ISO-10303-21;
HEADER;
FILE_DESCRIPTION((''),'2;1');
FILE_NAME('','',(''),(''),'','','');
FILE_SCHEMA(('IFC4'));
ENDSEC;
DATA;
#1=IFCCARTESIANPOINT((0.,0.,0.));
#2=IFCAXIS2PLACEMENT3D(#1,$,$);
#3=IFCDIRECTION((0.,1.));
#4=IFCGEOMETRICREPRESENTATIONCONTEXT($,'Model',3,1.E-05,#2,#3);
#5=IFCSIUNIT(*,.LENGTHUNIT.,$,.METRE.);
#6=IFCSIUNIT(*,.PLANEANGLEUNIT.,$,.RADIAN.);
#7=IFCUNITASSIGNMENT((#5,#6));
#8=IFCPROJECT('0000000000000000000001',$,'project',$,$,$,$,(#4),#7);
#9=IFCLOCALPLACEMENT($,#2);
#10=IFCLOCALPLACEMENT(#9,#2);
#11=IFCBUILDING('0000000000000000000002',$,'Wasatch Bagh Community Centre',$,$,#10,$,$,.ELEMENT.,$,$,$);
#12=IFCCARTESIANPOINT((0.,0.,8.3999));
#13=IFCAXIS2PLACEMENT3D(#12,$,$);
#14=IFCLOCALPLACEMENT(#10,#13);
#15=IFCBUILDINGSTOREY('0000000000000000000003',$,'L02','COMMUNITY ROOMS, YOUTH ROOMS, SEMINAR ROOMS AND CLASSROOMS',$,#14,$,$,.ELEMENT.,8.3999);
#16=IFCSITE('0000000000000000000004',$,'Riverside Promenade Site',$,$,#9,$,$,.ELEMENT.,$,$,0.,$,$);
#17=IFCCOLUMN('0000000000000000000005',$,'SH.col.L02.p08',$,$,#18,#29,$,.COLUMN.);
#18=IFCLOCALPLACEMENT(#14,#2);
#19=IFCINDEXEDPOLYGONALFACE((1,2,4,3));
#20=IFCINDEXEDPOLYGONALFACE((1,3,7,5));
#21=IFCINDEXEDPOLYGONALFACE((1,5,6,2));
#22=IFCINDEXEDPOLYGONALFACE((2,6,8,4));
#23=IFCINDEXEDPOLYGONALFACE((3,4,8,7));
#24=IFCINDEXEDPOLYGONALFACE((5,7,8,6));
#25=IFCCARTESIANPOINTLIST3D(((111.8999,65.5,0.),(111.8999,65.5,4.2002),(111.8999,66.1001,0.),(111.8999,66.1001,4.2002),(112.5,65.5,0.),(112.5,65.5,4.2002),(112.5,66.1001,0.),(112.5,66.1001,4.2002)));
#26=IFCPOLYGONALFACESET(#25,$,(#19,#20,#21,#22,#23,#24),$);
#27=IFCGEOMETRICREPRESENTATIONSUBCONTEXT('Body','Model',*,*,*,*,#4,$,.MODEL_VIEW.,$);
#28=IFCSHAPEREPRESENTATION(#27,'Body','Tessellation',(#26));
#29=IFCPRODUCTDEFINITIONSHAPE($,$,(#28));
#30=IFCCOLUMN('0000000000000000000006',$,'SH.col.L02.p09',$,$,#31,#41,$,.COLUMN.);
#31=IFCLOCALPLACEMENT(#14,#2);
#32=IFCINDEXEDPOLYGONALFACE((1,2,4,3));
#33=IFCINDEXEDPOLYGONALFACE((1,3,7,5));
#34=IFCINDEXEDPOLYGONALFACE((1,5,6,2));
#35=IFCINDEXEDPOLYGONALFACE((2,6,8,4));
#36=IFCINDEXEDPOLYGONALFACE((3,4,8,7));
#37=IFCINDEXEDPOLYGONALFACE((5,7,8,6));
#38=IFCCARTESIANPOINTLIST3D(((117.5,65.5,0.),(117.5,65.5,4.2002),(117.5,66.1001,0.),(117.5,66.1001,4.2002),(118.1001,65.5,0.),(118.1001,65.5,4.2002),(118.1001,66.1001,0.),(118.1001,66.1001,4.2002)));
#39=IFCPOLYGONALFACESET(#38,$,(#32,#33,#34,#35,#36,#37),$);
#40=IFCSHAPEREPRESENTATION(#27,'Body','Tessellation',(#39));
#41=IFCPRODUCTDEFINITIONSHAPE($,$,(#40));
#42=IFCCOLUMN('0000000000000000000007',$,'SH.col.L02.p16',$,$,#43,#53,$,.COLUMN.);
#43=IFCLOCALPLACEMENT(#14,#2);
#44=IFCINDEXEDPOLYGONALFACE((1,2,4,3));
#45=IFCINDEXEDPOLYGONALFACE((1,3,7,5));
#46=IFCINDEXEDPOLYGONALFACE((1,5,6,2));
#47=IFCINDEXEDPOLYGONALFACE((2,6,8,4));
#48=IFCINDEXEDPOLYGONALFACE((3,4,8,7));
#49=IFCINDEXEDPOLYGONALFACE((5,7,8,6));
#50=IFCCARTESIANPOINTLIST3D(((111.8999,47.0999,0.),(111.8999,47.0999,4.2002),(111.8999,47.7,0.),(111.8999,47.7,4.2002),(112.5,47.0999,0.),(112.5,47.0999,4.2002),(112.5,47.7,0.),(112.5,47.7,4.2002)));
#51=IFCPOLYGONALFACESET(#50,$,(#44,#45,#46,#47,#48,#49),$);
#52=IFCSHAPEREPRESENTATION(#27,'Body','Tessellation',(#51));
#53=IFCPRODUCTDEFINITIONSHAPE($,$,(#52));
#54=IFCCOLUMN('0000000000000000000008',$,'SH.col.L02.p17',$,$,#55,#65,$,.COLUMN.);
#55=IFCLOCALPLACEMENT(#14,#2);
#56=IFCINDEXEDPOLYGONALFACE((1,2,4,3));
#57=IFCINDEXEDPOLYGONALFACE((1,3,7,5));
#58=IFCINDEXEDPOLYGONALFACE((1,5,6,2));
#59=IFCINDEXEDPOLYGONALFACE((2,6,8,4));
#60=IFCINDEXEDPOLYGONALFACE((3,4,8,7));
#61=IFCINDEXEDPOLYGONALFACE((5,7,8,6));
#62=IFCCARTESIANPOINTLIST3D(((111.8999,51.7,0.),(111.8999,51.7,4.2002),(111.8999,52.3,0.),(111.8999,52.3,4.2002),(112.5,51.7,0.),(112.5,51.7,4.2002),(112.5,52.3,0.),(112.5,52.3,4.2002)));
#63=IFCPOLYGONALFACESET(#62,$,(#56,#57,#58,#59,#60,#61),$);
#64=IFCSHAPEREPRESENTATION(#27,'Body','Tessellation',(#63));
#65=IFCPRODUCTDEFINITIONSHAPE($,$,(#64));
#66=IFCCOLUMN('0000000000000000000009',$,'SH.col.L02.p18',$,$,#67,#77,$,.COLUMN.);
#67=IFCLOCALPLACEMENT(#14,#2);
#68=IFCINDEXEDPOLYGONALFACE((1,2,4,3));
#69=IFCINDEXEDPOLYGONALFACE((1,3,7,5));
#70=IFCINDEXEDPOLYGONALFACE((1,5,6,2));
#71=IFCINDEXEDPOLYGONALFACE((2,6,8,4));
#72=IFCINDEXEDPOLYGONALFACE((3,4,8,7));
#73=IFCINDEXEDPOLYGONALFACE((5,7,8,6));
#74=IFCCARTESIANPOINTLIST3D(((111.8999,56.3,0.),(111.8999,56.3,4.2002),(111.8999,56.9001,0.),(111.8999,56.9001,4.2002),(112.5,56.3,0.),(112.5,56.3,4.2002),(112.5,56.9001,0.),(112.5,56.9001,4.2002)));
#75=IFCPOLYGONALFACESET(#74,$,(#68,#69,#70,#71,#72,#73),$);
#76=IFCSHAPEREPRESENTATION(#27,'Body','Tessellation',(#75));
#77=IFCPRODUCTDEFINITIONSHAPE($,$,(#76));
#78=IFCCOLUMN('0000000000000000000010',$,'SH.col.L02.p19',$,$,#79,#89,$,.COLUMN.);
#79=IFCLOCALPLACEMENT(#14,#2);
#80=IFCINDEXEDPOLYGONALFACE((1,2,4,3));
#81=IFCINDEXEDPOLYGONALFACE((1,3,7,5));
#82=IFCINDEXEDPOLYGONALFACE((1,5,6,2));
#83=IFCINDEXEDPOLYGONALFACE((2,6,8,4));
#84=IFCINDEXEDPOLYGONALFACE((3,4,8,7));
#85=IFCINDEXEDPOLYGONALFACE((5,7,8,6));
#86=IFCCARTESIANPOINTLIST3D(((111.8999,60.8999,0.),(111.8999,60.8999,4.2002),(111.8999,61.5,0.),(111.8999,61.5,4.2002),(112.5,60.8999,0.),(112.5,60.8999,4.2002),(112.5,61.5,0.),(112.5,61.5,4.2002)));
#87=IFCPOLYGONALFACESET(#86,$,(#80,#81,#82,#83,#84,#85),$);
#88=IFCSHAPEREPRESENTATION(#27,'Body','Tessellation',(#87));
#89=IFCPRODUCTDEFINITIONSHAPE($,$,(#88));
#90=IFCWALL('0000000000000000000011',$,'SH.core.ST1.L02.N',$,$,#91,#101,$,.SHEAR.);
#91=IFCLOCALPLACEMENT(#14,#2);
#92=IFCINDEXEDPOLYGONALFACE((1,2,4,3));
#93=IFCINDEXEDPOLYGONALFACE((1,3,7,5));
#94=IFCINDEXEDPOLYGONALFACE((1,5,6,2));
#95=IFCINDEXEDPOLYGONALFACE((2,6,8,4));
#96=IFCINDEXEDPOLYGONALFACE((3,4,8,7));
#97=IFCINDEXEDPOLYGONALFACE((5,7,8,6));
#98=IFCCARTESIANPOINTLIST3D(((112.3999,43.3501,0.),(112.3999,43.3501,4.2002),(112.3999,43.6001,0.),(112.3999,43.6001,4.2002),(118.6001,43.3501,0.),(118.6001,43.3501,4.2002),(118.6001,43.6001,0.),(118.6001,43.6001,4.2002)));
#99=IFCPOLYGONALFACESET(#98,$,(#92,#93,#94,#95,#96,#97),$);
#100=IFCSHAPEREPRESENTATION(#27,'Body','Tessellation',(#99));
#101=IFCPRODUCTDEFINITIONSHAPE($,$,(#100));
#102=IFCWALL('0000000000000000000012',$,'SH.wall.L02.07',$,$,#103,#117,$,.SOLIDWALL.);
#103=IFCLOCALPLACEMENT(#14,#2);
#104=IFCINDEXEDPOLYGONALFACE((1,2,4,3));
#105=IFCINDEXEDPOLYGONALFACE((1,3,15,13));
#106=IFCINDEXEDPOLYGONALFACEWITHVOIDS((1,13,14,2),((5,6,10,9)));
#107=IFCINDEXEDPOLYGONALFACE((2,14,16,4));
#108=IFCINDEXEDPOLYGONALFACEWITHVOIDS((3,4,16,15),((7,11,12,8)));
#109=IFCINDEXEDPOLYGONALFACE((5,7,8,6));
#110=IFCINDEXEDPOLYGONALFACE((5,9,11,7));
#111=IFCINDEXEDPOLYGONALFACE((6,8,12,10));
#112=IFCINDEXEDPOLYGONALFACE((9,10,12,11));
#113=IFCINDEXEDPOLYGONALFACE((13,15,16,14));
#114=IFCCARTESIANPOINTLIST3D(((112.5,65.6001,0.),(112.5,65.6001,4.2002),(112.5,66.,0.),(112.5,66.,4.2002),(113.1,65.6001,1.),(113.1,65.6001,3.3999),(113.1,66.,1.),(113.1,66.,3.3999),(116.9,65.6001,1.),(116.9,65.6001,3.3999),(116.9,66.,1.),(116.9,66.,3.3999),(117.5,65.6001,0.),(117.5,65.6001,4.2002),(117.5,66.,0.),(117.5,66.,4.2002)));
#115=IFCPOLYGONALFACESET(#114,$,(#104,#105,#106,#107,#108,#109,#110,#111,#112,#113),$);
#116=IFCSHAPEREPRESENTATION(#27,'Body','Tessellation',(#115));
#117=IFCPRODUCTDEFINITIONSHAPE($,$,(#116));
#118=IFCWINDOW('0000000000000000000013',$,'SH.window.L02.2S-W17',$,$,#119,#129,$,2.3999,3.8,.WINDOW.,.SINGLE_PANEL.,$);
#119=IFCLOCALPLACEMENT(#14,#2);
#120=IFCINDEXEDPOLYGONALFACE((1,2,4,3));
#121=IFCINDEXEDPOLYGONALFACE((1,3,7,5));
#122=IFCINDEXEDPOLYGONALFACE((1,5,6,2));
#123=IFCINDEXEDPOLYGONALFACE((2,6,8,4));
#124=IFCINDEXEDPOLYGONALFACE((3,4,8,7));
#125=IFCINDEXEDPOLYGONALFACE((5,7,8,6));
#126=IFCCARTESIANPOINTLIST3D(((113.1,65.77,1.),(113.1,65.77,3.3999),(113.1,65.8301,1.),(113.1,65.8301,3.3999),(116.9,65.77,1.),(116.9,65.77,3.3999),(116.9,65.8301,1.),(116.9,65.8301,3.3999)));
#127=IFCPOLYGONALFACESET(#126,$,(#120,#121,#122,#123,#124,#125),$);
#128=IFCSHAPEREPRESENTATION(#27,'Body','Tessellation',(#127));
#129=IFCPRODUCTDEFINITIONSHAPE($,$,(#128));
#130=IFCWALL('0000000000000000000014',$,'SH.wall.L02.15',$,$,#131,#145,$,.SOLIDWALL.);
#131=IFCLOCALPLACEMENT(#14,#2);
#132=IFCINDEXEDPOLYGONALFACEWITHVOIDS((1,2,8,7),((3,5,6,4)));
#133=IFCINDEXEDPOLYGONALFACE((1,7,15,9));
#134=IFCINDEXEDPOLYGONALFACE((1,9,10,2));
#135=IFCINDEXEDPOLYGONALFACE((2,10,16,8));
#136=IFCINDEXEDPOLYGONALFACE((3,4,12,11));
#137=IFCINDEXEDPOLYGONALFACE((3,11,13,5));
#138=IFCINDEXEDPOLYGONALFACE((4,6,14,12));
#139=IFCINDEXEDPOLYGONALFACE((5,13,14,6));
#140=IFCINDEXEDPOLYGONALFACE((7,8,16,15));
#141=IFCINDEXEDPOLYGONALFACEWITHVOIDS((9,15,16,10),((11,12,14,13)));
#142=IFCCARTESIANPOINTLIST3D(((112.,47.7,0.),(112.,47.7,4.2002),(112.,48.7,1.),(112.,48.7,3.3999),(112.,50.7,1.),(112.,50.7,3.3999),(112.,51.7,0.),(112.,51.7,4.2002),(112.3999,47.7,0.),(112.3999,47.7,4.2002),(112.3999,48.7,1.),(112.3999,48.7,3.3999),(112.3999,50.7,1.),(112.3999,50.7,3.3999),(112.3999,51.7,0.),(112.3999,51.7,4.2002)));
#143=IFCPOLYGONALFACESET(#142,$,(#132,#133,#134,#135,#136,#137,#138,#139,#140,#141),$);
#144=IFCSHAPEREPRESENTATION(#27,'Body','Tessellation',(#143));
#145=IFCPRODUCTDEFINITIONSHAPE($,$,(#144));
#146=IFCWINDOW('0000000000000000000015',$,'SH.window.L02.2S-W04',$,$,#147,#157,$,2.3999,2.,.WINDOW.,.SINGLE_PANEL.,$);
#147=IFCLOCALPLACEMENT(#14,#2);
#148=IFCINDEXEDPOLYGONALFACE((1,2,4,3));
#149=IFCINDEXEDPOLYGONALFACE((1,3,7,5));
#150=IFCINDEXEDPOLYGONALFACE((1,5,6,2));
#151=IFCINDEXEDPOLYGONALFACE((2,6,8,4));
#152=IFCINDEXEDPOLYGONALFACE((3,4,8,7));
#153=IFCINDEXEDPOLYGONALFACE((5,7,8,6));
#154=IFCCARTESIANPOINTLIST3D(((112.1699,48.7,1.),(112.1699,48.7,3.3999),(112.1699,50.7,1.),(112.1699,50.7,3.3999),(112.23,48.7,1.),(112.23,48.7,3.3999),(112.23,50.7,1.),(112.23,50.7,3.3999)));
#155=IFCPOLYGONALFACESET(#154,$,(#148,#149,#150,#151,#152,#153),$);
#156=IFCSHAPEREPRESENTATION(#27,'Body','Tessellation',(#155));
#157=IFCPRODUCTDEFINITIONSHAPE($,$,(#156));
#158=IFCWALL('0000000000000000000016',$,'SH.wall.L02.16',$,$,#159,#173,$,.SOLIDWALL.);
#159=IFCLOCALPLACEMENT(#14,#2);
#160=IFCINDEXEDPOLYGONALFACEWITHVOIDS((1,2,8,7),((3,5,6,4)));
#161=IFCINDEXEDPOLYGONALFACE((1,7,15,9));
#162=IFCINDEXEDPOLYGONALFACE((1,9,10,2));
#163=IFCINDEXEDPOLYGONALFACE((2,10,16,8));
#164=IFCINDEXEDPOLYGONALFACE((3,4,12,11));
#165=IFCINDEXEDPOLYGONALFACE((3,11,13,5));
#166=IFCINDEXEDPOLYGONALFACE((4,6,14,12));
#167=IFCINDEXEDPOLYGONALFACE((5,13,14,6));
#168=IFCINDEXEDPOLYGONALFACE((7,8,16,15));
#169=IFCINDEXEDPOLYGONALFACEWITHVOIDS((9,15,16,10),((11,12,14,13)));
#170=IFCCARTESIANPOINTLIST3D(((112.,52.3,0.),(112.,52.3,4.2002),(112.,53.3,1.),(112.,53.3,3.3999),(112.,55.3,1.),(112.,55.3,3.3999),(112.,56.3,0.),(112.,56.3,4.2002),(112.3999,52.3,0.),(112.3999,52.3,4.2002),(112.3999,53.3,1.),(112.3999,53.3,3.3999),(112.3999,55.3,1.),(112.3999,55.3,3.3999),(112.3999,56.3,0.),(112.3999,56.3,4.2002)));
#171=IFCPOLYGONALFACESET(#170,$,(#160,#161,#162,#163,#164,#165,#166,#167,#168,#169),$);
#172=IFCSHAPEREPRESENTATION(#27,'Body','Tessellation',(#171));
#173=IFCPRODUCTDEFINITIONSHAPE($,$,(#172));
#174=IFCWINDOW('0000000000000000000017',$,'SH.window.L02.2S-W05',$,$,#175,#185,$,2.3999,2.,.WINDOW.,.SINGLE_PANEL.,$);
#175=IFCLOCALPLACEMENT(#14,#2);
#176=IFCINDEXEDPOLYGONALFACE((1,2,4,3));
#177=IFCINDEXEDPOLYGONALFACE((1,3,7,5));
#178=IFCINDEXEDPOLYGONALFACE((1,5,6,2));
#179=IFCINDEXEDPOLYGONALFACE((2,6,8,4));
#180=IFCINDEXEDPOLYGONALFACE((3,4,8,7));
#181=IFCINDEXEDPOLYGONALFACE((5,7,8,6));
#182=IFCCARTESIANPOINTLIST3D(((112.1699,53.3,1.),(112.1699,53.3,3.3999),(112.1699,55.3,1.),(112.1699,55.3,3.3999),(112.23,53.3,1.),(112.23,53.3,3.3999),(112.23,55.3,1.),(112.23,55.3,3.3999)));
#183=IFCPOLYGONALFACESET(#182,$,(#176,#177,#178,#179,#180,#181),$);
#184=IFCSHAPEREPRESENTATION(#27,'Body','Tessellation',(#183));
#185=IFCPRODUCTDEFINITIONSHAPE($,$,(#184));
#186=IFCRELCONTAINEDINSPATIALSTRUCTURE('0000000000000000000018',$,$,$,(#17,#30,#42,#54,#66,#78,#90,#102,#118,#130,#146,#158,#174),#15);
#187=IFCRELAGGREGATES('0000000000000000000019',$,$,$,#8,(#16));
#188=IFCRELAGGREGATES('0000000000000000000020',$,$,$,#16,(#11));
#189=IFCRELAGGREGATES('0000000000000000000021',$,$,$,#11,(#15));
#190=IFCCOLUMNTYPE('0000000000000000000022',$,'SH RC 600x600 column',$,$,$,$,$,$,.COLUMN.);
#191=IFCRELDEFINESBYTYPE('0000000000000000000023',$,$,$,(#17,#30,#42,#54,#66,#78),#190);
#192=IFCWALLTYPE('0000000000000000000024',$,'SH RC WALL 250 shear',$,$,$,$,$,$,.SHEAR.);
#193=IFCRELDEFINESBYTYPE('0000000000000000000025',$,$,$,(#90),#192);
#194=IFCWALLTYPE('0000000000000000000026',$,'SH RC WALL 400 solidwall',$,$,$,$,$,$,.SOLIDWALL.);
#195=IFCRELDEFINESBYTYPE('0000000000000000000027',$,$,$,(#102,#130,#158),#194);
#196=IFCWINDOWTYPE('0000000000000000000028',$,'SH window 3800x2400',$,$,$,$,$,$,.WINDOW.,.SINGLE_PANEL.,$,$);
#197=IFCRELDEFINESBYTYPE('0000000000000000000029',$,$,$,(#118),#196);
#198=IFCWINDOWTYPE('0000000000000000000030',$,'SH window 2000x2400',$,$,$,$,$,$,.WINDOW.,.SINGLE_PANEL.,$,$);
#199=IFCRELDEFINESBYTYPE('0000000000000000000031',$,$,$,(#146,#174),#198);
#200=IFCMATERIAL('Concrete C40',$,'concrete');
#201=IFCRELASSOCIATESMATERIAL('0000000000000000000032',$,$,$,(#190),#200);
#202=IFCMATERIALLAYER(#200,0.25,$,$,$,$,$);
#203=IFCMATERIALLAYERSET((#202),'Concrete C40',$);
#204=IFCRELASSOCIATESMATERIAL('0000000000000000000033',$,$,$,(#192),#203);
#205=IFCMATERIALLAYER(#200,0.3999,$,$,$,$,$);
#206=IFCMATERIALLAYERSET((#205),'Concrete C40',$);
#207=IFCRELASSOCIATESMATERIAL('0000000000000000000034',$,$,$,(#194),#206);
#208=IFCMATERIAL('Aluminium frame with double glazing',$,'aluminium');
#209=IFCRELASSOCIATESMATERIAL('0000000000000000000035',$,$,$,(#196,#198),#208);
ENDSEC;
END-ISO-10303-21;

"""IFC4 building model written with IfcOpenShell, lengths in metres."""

from ifc_helpers import new_model, si_unit, direction, frame, frame_2d, origin, origin_2d, place, context, subcontext, project, spatial, rectangle, extrude, material, layer, layer_set, material_profile, profile_set, type_object, element, fill, save


model = new_model("IFC4")

# Units and contexts
model_context = context("Model", 3, precision=1e-05, world=origin(), true_north=direction((0.0, 1.0)))
body_context = subcontext(model_context, "Body", "Model", "MODEL_VIEW")
ifc_project = project(units=[si_unit("LENGTHUNIT", "METRE"), si_unit("PLANEANGLEUNIT", "RADIAN")], contexts=[model_context])

# Site, building, storey
site_placement = place(None, origin())
site = spatial("IfcSite", under=ifc_project, at=site_placement, Name="Riverside Promenade Site", CompositionType="ELEMENT", RefElevation=0.0)
building_placement = place(site_placement, origin())
building = spatial("IfcBuilding", under=site, at=building_placement, Name="Wasatch Bagh Community Centre", CompositionType="ELEMENT")
storey_placement = place(building_placement, frame((0.0, 0.0, 8.3999)))
storey = spatial("IfcBuildingStorey", under=building, at=storey_placement, Name="L02", Description="COMMUNITY ROOMS, YOUTH ROOMS, SEMINAR ROOMS AND CLASSROOMS", CompositionType="ELEMENT", Elevation=8.3999)

# Columns
ifc_material_1 = material(Name="Concrete C40", Category="concrete")
ifc_material_profile = material_profile(ifc_material_1, rectangle(XDim=0.6001, YDim=0.6001, at=origin_2d()), Name="RC 600x600")
ifc_profile_set = profile_set([ifc_material_profile], Name="Concrete C40")
column_type = type_object("IfcColumnType", Name="SH RC 600x600 column", PredefinedType="COLUMN", material=ifc_profile_set)
for number, where, z_axis, x_axis, name in (
    (1, (112.2, 65.8, 0.0), (0.0, 0.0, 1.0), (1.0, 0.0, 0.0), "SH.col.L02.p08"),
    (2, (117.8, 65.8, 0.0), (0.0, 0.0, 1.0), (1.0, 0.0, 0.0), "SH.col.L02.p09"),
    (3, (112.2, 47.3999, 0.0), (0.0, 0.0, 1.0), (1.0, 0.0, 0.0), "SH.col.L02.p16"),
    (4, (112.2, 52.0, 0.0), (0.0, 0.0, 1.0), (1.0, 0.0, 0.0), "SH.col.L02.p17"),
    (5, (112.2, 56.6001, 0.0), (0.0, 0.0, 1.0), (1.0, 0.0, 0.0), "SH.col.L02.p18"),
    (6, (112.2, 61.2, 0.0), (0.0, 0.0, 1.0), (1.0, 0.0, 0.0), "SH.col.L02.p19"),
):
    element("IfcColumn", number, at=place(storey_placement, frame(where, z_axis=z_axis, x_axis=x_axis)), inside=storey, type_object=column_type, Name=name, PredefinedType="COLUMN", context=body_context, shape_type="SweptSolid", body=[
        extrude(rectangle(XDim=0.6001, YDim=0.6001, at=origin_2d()), origin(), (0.0, 0.0, 1.0), 4.2002),
    ])

# Wall
ifc_layer_1 = layer(ifc_material_1, 0.25)
ifc_layer_set_1 = layer_set([ifc_layer_1], Name="Concrete C40")
wall_type_1 = type_object("IfcWallType", Name="SH RC WALL 250 shear", PredefinedType="SHEAR", material=ifc_layer_set_1)
wall_1_placement = place(storey_placement, frame((112.3999, 43.4751, 0.0), z_axis=(0.0, 0.0, 1.0), x_axis=(1.0, 0.0, 0.0)))
element("IfcWall", 7, at=wall_1_placement, inside=storey, type_object=wall_type_1, Name="SH.core.ST1.L02.N", PredefinedType="SHEAR", context=body_context, shape_type="SweptSolid", body=[
    extrude(rectangle(XDim=6.2002, YDim=0.25, at=frame_2d((3.1001, 0.0))), origin(), (0.0, 0.0, 1.0), 4.2002),
])

# Walls, openings, windows
ifc_layer_2 = layer(ifc_material_1, 0.3999)
ifc_layer_set_2 = layer_set([ifc_layer_2], Name="Concrete C40")
wall_type_2 = type_object("IfcWallType", Name="SH RC WALL 400 solidwall", PredefinedType="SOLIDWALL", material=ifc_layer_set_2)
wall_2_placement = place(storey_placement, frame((112.5, 65.8, 0.0), z_axis=(0.0, 0.0, 1.0), x_axis=(1.0, 0.0, 0.0)))
wall_2 = element("IfcWall", 8, at=wall_2_placement, inside=storey, type_object=wall_type_2, Name="SH.wall.L02.07", PredefinedType="SOLIDWALL", context=body_context, shape_type="SweptSolid", body=[
    extrude(rectangle(XDim=5.0, YDim=0.3999, at=frame_2d((2.5, 0.0))), origin(), (0.0, 0.0, 1.0), 4.2002),
])
opening_1_placement = place(wall_2_placement, frame((0.6001, 0.0, 1.0)))
opening_1 = element("IfcOpeningElement", 9, at=opening_1_placement, cuts=wall_2, PredefinedType="OPENING", context=body_context, shape_type="SweptSolid", body=[
    extrude(rectangle(XDim=3.8, YDim=2.3999, at=frame_2d((1.8999, 1.2))), frame((0.0, 0.21, 0.0), z_axis=(0.0, -1.0, 0.0), x_axis=(1.0, 0.0, 0.0)), (0.0, 0.0, 1.0), 0.4199),
])
ifc_material_2 = material(Name="Aluminium frame with double glazing", Category="aluminium")
window_type_1 = type_object("IfcWindowType", Name="SH window 3800x2400", PartitioningType="SINGLE_PANEL", PredefinedType="WINDOW", material=ifc_material_2)
window_1_placement = place(opening_1_placement, origin())
window_1 = element("IfcWindow", 10, at=window_1_placement, inside=storey, type_object=window_type_1, Name="SH.window.L02.2S-W17", OverallHeight=2.3999, OverallWidth=3.8, PartitioningType="SINGLE_PANEL", PredefinedType="WINDOW", context=body_context, shape_type="SweptSolid", body=[
    extrude(rectangle(XDim=3.8, YDim=2.3999, at=frame_2d((1.8999, 1.2))), frame((0.0, 0.03, 0.0), z_axis=(0.0, -1.0, 0.0), x_axis=(1.0, 0.0, 0.0)), (0.0, 0.0, 1.0), 0.0601),
])
fill(opening_1, window_1)
wall_3_placement = place(storey_placement, frame((112.2, 47.7, 0.0), z_axis=(0.0, 0.0, 1.0), x_axis=(0.0, 1.0, 0.0)))
wall_3 = element("IfcWall", 11, at=wall_3_placement, inside=storey, type_object=wall_type_2, Name="SH.wall.L02.15", PredefinedType="SOLIDWALL", context=body_context, shape_type="SweptSolid", body=[
    extrude(rectangle(XDim=4.0, YDim=0.3999, at=frame_2d((2.0, 0.0))), origin(), (0.0, 0.0, 1.0), 4.2002),
])
opening_2_placement = place(wall_3_placement, frame((1.0, 0.0, 1.0)))
opening_2 = element("IfcOpeningElement", 12, at=opening_2_placement, cuts=wall_3, PredefinedType="OPENING", context=body_context, shape_type="SweptSolid", body=[
    extrude(rectangle(XDim=2.0, YDim=2.3999, at=frame_2d((1.0, 1.2))), frame((0.0, 0.21, 0.0), z_axis=(0.0, -1.0, 0.0), x_axis=(1.0, 0.0, 0.0)), (0.0, 0.0, 1.0), 0.4199),
])
window_type_2 = type_object("IfcWindowType", Name="SH window 2000x2400", PartitioningType="SINGLE_PANEL", PredefinedType="WINDOW", material=ifc_material_2)
window_2_placement = place(opening_2_placement, origin())
window_2 = element("IfcWindow", 13, at=window_2_placement, inside=storey, type_object=window_type_2, Name="SH.window.L02.2S-W04", OverallHeight=2.3999, OverallWidth=2.0, PartitioningType="SINGLE_PANEL", PredefinedType="WINDOW", context=body_context, shape_type="SweptSolid", body=[
    extrude(rectangle(XDim=2.0, YDim=2.3999, at=frame_2d((1.0, 1.2))), frame((0.0, 0.03, 0.0), z_axis=(0.0, -1.0, 0.0), x_axis=(1.0, 0.0, 0.0)), (0.0, 0.0, 1.0), 0.0601),
])
fill(opening_2, window_2)
wall_4_placement = place(storey_placement, frame((112.2, 52.3, 0.0), z_axis=(0.0, 0.0, 1.0), x_axis=(0.0, 1.0, 0.0)))
wall_4 = element("IfcWall", 14, at=wall_4_placement, inside=storey, type_object=wall_type_2, Name="SH.wall.L02.16", PredefinedType="SOLIDWALL", context=body_context, shape_type="SweptSolid", body=[
    extrude(rectangle(XDim=4.0, YDim=0.3999, at=frame_2d((2.0, 0.0))), origin(), (0.0, 0.0, 1.0), 4.2002),
])
opening_3_placement = place(wall_4_placement, frame((1.0, 0.0, 1.0)))
opening_3 = element("IfcOpeningElement", 15, at=opening_3_placement, cuts=wall_4, PredefinedType="OPENING", context=body_context, shape_type="SweptSolid", body=[
    extrude(rectangle(XDim=2.0, YDim=2.3999, at=frame_2d((1.0, 1.2))), frame((0.0, 0.21, 0.0), z_axis=(0.0, -1.0, 0.0), x_axis=(1.0, 0.0, 0.0)), (0.0, 0.0, 1.0), 0.4199),
])
window_3_placement = place(opening_3_placement, origin())
window_3 = element("IfcWindow", 16, at=window_3_placement, inside=storey, type_object=window_type_2, Name="SH.window.L02.2S-W05", OverallHeight=2.3999, OverallWidth=2.0, PartitioningType="SINGLE_PANEL", PredefinedType="WINDOW", context=body_context, shape_type="SweptSolid", body=[
    extrude(rectangle(XDim=2.0, YDim=2.3999, at=frame_2d((1.0, 1.2))), frame((0.0, 0.03, 0.0), z_axis=(0.0, -1.0, 0.0), x_axis=(1.0, 0.0, 0.0)), (0.0, 0.0, 1.0), 0.0601),
])
fill(opening_3, window_3)

save(model, "model.ifc")
